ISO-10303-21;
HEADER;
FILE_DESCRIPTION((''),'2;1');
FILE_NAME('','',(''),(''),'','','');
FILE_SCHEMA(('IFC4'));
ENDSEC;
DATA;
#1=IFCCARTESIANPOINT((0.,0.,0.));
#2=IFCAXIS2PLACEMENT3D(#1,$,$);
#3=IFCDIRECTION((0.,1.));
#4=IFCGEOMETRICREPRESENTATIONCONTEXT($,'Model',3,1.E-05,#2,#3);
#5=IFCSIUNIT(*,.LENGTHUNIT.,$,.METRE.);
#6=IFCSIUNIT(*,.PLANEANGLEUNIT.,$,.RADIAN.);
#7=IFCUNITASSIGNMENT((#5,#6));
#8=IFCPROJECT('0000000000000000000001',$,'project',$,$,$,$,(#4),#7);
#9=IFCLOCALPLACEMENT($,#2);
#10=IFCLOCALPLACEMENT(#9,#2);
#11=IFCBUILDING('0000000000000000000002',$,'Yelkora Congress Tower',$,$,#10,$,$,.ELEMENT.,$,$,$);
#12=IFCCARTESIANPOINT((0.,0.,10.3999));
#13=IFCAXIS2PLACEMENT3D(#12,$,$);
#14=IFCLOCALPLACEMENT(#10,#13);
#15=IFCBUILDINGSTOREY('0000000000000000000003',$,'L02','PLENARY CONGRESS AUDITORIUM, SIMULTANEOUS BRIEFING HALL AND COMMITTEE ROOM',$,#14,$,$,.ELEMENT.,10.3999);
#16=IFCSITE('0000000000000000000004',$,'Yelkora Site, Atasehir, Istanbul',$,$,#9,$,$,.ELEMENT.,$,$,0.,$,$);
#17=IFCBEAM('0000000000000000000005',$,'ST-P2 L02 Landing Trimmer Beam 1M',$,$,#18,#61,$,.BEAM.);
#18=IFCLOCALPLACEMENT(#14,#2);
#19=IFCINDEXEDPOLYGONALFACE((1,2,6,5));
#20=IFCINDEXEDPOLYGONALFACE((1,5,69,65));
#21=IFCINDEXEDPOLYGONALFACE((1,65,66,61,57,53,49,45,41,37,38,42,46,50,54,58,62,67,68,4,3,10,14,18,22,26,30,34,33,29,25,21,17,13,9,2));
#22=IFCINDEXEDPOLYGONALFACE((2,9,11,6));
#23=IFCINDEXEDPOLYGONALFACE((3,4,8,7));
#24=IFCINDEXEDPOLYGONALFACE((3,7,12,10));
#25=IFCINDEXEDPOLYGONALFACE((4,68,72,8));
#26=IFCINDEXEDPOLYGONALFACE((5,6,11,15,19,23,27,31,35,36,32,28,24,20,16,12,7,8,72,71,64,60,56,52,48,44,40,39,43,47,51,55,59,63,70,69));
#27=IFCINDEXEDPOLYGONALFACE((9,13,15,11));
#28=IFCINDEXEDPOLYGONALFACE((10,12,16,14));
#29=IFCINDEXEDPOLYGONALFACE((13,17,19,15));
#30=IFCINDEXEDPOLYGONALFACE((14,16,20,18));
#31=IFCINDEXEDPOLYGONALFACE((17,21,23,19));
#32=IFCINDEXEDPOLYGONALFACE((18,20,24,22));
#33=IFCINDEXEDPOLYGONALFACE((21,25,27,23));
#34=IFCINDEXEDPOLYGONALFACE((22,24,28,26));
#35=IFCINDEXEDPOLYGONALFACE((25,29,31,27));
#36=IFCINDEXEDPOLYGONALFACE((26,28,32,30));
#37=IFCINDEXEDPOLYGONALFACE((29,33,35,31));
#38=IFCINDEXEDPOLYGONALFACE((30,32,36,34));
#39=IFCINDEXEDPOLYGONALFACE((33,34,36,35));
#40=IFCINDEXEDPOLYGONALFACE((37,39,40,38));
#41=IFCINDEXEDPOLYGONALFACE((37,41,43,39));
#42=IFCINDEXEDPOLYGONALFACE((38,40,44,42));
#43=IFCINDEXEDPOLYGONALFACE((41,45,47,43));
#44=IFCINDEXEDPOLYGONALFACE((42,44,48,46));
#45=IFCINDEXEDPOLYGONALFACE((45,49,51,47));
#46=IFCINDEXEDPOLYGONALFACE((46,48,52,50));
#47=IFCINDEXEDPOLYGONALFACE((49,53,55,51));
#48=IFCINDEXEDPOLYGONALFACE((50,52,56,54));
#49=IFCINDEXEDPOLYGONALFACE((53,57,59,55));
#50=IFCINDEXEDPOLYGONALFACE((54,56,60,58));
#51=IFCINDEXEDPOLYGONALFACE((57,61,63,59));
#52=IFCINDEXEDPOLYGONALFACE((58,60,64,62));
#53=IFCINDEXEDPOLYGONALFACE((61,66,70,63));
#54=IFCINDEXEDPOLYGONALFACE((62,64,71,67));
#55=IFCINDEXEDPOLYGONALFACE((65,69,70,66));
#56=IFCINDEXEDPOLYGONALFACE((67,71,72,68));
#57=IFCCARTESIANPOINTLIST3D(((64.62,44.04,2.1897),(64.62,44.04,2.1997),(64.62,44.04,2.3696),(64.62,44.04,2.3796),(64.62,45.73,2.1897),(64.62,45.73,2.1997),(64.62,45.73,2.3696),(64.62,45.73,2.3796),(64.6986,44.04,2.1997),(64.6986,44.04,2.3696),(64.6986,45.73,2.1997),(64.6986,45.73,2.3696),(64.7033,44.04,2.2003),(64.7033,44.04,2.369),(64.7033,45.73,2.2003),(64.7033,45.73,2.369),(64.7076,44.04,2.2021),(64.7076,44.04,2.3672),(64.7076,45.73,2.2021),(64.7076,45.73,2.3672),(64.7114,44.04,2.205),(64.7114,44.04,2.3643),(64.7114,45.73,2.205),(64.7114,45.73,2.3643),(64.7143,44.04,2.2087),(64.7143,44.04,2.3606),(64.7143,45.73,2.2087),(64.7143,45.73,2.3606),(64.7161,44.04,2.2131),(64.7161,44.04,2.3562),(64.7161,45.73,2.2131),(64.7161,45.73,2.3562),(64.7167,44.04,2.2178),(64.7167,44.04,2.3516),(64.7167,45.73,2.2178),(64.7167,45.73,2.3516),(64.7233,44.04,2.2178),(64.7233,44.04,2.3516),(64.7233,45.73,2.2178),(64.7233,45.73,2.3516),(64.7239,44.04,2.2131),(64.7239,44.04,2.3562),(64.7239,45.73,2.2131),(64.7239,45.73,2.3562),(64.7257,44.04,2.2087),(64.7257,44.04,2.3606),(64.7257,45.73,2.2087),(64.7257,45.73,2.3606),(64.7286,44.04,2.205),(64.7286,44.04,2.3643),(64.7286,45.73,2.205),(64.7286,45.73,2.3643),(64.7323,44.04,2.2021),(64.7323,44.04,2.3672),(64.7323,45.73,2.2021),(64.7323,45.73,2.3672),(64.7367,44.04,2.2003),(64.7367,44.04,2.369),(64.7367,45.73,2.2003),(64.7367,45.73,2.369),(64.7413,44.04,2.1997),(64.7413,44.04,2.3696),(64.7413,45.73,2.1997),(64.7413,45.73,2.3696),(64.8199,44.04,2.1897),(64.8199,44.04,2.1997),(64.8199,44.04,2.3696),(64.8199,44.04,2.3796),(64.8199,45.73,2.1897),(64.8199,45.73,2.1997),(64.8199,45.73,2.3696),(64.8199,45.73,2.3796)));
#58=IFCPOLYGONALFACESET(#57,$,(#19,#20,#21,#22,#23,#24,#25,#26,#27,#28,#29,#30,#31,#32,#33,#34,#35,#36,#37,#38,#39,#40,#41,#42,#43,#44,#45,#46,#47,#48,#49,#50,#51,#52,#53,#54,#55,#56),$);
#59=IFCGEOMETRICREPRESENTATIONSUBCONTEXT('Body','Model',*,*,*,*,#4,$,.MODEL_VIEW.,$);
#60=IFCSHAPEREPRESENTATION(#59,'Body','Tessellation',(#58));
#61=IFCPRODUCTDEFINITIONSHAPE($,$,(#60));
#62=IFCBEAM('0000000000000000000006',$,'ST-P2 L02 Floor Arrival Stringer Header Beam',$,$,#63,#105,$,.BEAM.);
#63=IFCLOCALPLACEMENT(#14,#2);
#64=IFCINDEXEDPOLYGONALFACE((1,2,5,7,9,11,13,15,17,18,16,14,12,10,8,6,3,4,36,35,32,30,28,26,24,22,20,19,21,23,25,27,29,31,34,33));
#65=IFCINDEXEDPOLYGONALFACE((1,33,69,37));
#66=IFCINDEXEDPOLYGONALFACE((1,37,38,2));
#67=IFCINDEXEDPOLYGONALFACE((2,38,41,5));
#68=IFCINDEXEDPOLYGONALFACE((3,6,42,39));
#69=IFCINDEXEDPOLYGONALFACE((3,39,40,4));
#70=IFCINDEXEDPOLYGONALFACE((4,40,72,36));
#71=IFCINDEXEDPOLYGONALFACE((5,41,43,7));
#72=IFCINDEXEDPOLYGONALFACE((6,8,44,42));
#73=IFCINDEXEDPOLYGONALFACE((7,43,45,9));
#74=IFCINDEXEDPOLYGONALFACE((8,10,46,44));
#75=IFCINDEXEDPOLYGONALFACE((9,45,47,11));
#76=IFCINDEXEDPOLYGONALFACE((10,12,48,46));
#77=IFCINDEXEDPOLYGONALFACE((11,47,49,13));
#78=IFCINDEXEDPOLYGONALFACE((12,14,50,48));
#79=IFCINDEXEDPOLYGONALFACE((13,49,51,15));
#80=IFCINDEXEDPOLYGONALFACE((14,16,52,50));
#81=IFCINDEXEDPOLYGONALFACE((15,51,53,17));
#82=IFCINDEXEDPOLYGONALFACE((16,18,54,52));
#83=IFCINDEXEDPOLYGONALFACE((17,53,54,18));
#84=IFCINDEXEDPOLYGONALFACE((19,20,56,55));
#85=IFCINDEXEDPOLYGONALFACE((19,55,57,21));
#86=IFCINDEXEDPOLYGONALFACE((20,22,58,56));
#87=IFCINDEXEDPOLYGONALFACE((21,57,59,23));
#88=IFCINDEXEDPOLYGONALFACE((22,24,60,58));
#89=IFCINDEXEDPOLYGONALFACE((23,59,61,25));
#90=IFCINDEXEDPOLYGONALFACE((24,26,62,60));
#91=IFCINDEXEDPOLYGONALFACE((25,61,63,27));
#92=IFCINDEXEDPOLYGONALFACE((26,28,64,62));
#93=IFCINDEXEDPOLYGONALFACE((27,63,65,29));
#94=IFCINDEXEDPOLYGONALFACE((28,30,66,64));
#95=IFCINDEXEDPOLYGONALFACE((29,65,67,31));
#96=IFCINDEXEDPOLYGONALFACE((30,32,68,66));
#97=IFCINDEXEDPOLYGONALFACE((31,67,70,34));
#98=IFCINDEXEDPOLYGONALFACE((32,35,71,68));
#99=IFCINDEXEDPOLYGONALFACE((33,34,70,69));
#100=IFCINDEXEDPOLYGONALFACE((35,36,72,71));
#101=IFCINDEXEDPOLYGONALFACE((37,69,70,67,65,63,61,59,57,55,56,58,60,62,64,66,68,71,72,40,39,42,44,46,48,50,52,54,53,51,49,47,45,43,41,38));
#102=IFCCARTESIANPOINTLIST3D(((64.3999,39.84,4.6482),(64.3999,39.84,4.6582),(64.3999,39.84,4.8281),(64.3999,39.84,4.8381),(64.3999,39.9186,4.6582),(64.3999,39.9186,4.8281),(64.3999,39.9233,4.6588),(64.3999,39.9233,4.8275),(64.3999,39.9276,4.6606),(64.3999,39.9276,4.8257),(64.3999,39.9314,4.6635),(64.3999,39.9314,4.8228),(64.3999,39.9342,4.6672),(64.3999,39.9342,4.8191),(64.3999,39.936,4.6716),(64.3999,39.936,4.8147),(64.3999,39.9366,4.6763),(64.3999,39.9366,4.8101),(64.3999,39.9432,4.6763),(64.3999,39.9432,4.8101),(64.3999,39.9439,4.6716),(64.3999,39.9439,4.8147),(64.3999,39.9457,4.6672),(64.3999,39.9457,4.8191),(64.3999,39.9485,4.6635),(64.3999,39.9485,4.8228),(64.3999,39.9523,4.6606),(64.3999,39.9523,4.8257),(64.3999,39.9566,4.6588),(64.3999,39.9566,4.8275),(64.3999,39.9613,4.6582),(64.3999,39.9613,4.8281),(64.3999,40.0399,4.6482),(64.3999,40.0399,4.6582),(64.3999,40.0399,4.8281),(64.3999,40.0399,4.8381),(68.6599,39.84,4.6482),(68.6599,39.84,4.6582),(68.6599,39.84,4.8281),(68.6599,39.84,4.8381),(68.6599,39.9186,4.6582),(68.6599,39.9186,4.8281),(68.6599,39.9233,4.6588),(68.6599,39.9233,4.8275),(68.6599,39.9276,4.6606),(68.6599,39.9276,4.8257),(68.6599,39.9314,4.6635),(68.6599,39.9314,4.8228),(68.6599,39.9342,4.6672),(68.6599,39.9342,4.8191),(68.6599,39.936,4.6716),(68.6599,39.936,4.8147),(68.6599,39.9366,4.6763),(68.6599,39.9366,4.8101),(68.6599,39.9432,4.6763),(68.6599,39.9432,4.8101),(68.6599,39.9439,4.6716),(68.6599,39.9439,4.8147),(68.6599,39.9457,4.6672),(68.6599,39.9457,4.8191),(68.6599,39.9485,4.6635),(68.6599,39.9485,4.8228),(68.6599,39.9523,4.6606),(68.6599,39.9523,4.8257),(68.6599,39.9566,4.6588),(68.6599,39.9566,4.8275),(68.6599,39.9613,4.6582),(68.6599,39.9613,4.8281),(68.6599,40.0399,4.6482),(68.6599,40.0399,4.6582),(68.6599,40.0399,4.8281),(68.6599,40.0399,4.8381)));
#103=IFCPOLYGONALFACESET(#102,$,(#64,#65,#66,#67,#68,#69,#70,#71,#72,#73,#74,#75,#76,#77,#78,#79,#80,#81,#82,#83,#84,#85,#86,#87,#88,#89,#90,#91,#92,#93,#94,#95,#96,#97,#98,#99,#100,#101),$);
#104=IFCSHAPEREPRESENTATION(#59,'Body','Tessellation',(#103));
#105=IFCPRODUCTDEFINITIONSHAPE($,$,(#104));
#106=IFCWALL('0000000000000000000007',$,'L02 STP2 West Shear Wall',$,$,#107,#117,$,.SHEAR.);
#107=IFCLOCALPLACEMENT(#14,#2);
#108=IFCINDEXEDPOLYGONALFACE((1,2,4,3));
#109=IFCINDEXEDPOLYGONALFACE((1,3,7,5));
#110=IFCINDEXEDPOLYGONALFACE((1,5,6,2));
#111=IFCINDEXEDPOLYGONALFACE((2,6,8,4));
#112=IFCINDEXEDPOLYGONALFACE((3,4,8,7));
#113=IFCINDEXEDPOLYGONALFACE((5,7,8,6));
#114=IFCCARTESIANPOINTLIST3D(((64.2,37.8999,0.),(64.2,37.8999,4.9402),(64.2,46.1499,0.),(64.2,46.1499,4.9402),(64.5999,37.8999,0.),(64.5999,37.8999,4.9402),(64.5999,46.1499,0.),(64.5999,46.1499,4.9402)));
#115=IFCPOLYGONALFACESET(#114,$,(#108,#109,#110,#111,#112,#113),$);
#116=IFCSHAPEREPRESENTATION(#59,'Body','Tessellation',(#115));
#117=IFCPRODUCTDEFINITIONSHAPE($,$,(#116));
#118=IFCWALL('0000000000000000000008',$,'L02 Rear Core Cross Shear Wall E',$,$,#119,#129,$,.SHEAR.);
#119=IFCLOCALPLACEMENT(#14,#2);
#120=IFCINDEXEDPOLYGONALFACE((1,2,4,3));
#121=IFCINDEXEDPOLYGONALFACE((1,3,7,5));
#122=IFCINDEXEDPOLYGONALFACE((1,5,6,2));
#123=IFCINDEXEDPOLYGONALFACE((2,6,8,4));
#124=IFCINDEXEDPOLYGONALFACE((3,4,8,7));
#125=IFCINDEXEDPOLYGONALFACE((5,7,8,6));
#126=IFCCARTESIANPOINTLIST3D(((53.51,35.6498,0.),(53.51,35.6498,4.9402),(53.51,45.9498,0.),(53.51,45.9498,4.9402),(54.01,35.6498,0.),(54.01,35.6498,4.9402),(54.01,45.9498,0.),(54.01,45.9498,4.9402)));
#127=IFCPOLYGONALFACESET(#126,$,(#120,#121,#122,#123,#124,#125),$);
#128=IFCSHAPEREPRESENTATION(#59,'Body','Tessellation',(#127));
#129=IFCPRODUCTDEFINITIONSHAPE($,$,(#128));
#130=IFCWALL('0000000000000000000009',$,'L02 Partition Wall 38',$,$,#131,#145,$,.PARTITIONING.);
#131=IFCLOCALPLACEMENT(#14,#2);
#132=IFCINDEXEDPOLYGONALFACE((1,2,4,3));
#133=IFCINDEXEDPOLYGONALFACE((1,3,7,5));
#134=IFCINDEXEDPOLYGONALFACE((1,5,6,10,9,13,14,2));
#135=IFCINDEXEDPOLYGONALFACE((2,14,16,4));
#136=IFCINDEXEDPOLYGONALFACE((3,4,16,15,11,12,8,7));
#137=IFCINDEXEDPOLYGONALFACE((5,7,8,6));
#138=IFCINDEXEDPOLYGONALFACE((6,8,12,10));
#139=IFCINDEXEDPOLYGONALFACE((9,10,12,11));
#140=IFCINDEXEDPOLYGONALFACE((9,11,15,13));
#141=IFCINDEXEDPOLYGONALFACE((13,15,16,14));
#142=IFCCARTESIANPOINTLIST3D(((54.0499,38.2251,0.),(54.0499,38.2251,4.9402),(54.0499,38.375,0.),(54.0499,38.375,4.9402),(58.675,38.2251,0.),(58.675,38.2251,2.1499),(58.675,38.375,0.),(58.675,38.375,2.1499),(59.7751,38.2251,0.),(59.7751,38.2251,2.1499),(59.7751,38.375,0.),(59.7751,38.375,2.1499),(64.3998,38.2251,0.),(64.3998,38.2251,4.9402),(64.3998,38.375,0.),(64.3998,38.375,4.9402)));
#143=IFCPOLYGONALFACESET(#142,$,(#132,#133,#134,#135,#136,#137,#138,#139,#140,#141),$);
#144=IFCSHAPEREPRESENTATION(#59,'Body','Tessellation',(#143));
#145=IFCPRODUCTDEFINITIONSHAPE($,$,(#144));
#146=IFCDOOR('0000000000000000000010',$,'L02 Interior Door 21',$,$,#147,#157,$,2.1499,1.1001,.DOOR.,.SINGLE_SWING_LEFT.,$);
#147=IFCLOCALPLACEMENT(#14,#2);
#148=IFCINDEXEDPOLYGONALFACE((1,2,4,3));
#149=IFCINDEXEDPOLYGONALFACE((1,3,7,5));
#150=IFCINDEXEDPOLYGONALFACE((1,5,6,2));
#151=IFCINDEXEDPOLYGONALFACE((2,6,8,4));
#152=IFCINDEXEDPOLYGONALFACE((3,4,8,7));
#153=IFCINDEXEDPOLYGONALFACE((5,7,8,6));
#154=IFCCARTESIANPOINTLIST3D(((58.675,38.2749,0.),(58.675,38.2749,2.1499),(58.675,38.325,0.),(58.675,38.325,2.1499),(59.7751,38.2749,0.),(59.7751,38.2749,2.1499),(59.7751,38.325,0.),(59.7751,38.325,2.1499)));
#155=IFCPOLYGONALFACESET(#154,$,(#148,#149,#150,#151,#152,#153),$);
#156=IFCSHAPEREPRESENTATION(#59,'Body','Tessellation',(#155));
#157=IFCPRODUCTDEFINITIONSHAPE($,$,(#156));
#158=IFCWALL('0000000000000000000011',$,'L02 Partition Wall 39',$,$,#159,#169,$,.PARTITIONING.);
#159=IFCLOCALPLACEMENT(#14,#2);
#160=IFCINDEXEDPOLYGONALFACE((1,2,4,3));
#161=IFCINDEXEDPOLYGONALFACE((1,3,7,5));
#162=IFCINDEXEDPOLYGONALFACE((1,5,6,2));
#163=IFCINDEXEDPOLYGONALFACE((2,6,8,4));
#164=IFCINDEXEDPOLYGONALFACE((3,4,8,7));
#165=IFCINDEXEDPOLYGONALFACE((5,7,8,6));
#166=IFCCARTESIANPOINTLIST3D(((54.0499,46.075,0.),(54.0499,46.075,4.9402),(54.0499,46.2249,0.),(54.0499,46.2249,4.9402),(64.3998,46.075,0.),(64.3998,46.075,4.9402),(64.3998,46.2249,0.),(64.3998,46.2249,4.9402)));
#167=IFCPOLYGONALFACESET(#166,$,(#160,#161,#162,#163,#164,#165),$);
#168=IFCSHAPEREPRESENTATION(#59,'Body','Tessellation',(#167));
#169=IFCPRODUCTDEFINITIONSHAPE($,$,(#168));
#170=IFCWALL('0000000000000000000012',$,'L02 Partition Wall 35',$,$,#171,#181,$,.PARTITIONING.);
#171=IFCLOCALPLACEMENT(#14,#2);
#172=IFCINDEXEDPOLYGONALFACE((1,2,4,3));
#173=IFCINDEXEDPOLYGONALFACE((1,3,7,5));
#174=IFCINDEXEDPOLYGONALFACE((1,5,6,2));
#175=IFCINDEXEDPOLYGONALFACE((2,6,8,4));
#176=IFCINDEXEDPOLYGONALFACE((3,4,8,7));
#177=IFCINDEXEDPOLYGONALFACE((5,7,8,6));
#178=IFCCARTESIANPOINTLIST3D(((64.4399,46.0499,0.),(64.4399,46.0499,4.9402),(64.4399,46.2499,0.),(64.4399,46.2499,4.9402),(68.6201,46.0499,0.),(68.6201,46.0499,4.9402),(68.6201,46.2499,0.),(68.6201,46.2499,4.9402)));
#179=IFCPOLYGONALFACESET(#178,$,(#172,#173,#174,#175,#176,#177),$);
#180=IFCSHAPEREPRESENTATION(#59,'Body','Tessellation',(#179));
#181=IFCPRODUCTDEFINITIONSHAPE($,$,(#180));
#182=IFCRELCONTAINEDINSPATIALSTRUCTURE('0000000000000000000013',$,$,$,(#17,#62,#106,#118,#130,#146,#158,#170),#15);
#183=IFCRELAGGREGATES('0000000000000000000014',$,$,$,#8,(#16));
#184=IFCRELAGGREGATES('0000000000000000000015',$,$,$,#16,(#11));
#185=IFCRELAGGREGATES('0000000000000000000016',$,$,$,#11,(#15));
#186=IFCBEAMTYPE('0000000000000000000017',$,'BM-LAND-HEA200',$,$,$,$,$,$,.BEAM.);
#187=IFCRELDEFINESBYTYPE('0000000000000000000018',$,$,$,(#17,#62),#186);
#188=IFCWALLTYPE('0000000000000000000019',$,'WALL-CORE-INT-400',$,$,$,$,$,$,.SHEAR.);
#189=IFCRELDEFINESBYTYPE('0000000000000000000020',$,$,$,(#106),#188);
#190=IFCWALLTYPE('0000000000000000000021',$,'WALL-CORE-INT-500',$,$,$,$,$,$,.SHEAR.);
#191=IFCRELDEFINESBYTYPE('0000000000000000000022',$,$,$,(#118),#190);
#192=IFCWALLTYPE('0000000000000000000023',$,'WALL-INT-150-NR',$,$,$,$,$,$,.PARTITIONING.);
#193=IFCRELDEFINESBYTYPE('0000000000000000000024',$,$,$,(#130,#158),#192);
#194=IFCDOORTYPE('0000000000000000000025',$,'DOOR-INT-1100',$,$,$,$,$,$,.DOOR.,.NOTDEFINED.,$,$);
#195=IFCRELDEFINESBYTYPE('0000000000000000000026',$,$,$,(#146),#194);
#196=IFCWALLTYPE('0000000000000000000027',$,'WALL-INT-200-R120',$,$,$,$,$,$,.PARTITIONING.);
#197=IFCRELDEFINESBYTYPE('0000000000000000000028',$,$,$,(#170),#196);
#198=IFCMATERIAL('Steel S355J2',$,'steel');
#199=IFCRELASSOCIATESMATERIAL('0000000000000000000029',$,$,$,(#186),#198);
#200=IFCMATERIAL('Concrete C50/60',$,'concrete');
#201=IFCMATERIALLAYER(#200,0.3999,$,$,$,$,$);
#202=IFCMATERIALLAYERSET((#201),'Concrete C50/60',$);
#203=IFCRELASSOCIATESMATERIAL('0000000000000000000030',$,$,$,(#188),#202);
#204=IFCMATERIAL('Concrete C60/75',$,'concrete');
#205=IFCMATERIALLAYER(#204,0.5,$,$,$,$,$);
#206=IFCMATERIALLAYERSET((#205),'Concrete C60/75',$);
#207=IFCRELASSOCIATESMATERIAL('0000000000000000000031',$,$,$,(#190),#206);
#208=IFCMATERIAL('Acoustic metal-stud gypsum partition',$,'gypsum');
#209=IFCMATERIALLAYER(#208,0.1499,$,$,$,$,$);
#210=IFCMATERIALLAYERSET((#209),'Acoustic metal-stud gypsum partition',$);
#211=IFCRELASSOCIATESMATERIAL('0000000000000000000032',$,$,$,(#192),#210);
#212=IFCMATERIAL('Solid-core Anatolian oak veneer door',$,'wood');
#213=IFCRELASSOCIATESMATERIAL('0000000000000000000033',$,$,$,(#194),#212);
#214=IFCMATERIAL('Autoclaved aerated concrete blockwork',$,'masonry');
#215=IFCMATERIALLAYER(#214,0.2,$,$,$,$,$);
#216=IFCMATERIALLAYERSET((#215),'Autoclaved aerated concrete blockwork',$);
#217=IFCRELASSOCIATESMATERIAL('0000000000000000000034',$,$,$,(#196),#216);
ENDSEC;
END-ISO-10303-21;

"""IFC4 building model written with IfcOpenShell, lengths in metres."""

from ifc_helpers import new_model, si_unit, direction, frame, frame_2d, origin, origin_2d, place, context, subcontext, project, spatial, rectangle, i_section, extrude, material, layer, layer_set, material_profile, profile_set, type_object, element, fill, save


model = new_model("IFC4")

# Units and contexts
model_context = context("Model", 3, precision=1e-05, world=origin(), true_north=direction((0.0, 1.0)))
body_context = subcontext(model_context, "Body", "Model", "MODEL_VIEW")
ifc_project = project(units=[si_unit("LENGTHUNIT", "METRE"), si_unit("PLANEANGLEUNIT", "RADIAN")], contexts=[model_context])

# Site, building, storey
site_placement = place(None, origin())
site = spatial("IfcSite", under=ifc_project, at=site_placement, Name="Yelkora Site, Atasehir, Istanbul", CompositionType="ELEMENT", RefElevation=0.0)
building_placement = place(site_placement, origin())
building = spatial("IfcBuilding", under=site, at=building_placement, Name="Yelkora Congress Tower", CompositionType="ELEMENT")
storey_placement = place(building_placement, frame((0.0, 0.0, 10.3999)))
storey = spatial("IfcBuildingStorey", under=building, at=storey_placement, Name="L02", Description="PLENARY CONGRESS AUDITORIUM, SIMULTANEOUS BRIEFING HALL AND COMMITTEE ROOM", CompositionType="ELEMENT", Elevation=10.3999)

# Shared definitions
ifc_material_1 = material(Name="Concrete C60/75", Category="concrete")
ifc_material_2 = material(Name="Concrete C50/60", Category="concrete")

# Beams
ifc_material_3 = material(Name="Steel S355J2", Category="steel")
ifc_material_profile_1 = material_profile(ifc_material_3, i_section(OverallWidth=0.2, OverallDepth=0.1899, WebThickness=0.0066, FlangeThickness=0.01, FilletRadius=0.0181, at=origin_2d()), Name="HEA 200")
ifc_profile_set_1 = profile_set([ifc_material_profile_1], Name="Steel S355J2")
beam_type_1 = type_object("IfcBeamType", Name="BM-LAND-HEA200", PredefinedType="BEAM", material=ifc_profile_set_1)
beam_1_placement = place(storey_placement, frame((64.72, 44.04, 2.2847), z_axis=(0.0, 1.0, 0.0), x_axis=(-1.0, 0.0, 0.0)))
element("IfcBeam", 1, at=beam_1_placement, inside=storey, type_object=beam_type_1, Name="ST-P2 L02 Landing Trimmer Beam 1M", PredefinedType="BEAM", context=body_context, shape_type="SweptSolid", body=[
    extrude(i_section(OverallWidth=0.2, OverallDepth=0.1899, WebThickness=0.0066, FlangeThickness=0.01, FilletRadius=0.0181, at=origin_2d()), origin(), (0.0, 0.0, 1.0), 1.6899),
])
beam_2_placement = place(storey_placement, frame((64.3999, 39.9399, 4.7432), z_axis=(1.0, 0.0, 0.0), x_axis=(0.0, 1.0, 0.0)))
element("IfcBeam", 2, at=beam_2_placement, inside=storey, type_object=beam_type_1, Name="ST-P2 L02 Floor Arrival Stringer Header Beam", PredefinedType="BEAM", context=body_context, shape_type="SweptSolid", body=[
    extrude(i_section(OverallWidth=0.2, OverallDepth=0.1899, WebThickness=0.0066, FlangeThickness=0.01, FilletRadius=0.0181, at=origin_2d()), origin(), (0.0, 0.0, 1.0), 4.26),
])

# Walls
ifc_layer_1 = layer(ifc_material_2, 0.3999)
ifc_layer_set_1 = layer_set([ifc_layer_1], Name="Concrete C50/60")
wall_type_1 = type_object("IfcWallType", Name="WALL-CORE-INT-400", PredefinedType="SHEAR", material=ifc_layer_set_1)
wall_1_placement = place(storey_placement, frame((64.3999, 37.8999, 0.0), z_axis=(0.0, 0.0, 1.0), x_axis=(0.0, 1.0, 0.0)))
element("IfcWall", 3, at=wall_1_placement, inside=storey, type_object=wall_type_1, Name="L02 STP2 West Shear Wall", PredefinedType="SHEAR", context=body_context, shape_type="SweptSolid", body=[
    extrude(rectangle(XDim=8.25, YDim=0.3999, at=frame_2d((4.125, 0.0))), origin(), (0.0, 0.0, 1.0), 4.9402),
])
ifc_layer_2 = layer(ifc_material_1, 0.5)
ifc_layer_set_2 = layer_set([ifc_layer_2], Name="Concrete C60/75")
wall_type_2 = type_object("IfcWallType", Name="WALL-CORE-INT-500", PredefinedType="SHEAR", material=ifc_layer_set_2)
wall_2_placement = place(storey_placement, frame((53.76, 35.6499, 0.0), z_axis=(0.0, 0.0, 1.0), x_axis=(0.0, 1.0, 0.0)))
element("IfcWall", 4, at=wall_2_placement, inside=storey, type_object=wall_type_2, Name="L02 Rear Core Cross Shear Wall E", PredefinedType="SHEAR", context=body_context, shape_type="SweptSolid", body=[
    extrude(rectangle(XDim=10.3, YDim=0.5, at=frame_2d((5.1499, 0.0))), origin(), (0.0, 0.0, 1.0), 4.9402),
])

# Wall, opening, door
ifc_material_4 = material(Name="Acoustic metal-stud gypsum partition", Category="gypsum")
ifc_layer_3 = layer(ifc_material_4, 0.1499)
ifc_layer_set_3 = layer_set([ifc_layer_3], Name="Acoustic metal-stud gypsum partition")
wall_type_3 = type_object("IfcWallType", Name="WALL-INT-150-NR", PredefinedType="PARTITIONING", material=ifc_layer_set_3)
wall_3_placement = place(storey_placement, frame((54.05, 38.3, 0.0), z_axis=(0.0, 0.0, 1.0), x_axis=(1.0, 0.0, 0.0)))
wall_3 = element("IfcWall", 5, at=wall_3_placement, inside=storey, type_object=wall_type_3, Name="L02 Partition Wall 38", PredefinedType="PARTITIONING", context=body_context, shape_type="SweptSolid", body=[
    extrude(rectangle(XDim=10.3499, YDim=0.1499, at=frame_2d((5.1748, 0.0))), origin(), (0.0, 0.0, 1.0), 4.9402),
])
opening_1_placement = place(wall_3_placement, frame((4.625, 0.0, 0.0)))
opening_1 = element("IfcOpeningElement", 6, at=opening_1_placement, cuts=wall_3, PredefinedType="OPENING", context=body_context, shape_type="SweptSolid", body=[
    extrude(rectangle(XDim=1.1001, YDim=2.1499, at=frame_2d((0.55, 1.075))), frame((0.0, 0.085, 0.0), z_axis=(0.0, -1.0, 0.0), x_axis=(1.0, 0.0, 0.0)), (0.0, 0.0, 1.0), 0.1699),
])
ifc_material_5 = material(Name="Solid-core Anatolian oak veneer door", Category="wood")
door_type_1 = type_object("IfcDoorType", Name="DOOR-INT-1100", OperationType="NOTDEFINED", PredefinedType="DOOR", material=ifc_material_5)
door_1_placement = place(opening_1_placement, origin())
door_1 = element("IfcDoor", 7, at=door_1_placement, inside=storey, type_object=door_type_1, Name="L02 Interior Door 21", OperationType="SINGLE_SWING_LEFT", OverallHeight=2.1499, OverallWidth=1.1001, PredefinedType="DOOR", context=body_context, shape_type="SweptSolid", body=[
    extrude(rectangle(XDim=1.1001, YDim=2.1499, at=frame_2d((0.55, 1.075))), frame((0.0, 0.0249, 0.0), z_axis=(0.0, -1.0, 0.0), x_axis=(1.0, 0.0, 0.0)), (0.0, 0.0, 1.0), 0.05),
])
fill(opening_1, door_1)

# Wall
wall_4_placement = place(storey_placement, frame((54.05, 46.1499, 0.0), z_axis=(0.0, 0.0, 1.0), x_axis=(1.0, 0.0, 0.0)))
element("IfcWall", 8, at=wall_4_placement, inside=storey, type_object=wall_type_3, Name="L02 Partition Wall 39", PredefinedType="PARTITIONING", context=body_context, shape_type="SweptSolid", body=[
    extrude(rectangle(XDim=10.3499, YDim=0.1499, at=frame_2d((5.1748, 0.0))), origin(), (0.0, 0.0, 1.0), 4.9402),
])

# Shared definitions
ifc_material_6 = material(Name="Autoclaved aerated concrete blockwork", Category="masonry")
ifc_layer_4 = layer(ifc_material_6, 0.2)
ifc_layer_set_4 = layer_set([ifc_layer_4], Name="Autoclaved aerated concrete blockwork")
wall_type_4 = type_object("IfcWallType", Name="WALL-INT-200-R120", PredefinedType="PARTITIONING", material=ifc_layer_set_4)

# Wall
wall_5_placement = place(storey_placement, frame((64.4399, 46.1499, 0.0), z_axis=(0.0, 0.0, 1.0), x_axis=(1.0, 0.0, 0.0)))
element("IfcWall", 9, at=wall_5_placement, inside=storey, type_object=wall_type_4, Name="L02 Partition Wall 35", PredefinedType="PARTITIONING", context=body_context, shape_type="SweptSolid", body=[
    extrude(rectangle(XDim=4.1802, YDim=0.2, at=frame_2d((2.0901, 0.0))), origin(), (0.0, 0.0, 1.0), 4.9402),
])

save(model, "model.ifc")
